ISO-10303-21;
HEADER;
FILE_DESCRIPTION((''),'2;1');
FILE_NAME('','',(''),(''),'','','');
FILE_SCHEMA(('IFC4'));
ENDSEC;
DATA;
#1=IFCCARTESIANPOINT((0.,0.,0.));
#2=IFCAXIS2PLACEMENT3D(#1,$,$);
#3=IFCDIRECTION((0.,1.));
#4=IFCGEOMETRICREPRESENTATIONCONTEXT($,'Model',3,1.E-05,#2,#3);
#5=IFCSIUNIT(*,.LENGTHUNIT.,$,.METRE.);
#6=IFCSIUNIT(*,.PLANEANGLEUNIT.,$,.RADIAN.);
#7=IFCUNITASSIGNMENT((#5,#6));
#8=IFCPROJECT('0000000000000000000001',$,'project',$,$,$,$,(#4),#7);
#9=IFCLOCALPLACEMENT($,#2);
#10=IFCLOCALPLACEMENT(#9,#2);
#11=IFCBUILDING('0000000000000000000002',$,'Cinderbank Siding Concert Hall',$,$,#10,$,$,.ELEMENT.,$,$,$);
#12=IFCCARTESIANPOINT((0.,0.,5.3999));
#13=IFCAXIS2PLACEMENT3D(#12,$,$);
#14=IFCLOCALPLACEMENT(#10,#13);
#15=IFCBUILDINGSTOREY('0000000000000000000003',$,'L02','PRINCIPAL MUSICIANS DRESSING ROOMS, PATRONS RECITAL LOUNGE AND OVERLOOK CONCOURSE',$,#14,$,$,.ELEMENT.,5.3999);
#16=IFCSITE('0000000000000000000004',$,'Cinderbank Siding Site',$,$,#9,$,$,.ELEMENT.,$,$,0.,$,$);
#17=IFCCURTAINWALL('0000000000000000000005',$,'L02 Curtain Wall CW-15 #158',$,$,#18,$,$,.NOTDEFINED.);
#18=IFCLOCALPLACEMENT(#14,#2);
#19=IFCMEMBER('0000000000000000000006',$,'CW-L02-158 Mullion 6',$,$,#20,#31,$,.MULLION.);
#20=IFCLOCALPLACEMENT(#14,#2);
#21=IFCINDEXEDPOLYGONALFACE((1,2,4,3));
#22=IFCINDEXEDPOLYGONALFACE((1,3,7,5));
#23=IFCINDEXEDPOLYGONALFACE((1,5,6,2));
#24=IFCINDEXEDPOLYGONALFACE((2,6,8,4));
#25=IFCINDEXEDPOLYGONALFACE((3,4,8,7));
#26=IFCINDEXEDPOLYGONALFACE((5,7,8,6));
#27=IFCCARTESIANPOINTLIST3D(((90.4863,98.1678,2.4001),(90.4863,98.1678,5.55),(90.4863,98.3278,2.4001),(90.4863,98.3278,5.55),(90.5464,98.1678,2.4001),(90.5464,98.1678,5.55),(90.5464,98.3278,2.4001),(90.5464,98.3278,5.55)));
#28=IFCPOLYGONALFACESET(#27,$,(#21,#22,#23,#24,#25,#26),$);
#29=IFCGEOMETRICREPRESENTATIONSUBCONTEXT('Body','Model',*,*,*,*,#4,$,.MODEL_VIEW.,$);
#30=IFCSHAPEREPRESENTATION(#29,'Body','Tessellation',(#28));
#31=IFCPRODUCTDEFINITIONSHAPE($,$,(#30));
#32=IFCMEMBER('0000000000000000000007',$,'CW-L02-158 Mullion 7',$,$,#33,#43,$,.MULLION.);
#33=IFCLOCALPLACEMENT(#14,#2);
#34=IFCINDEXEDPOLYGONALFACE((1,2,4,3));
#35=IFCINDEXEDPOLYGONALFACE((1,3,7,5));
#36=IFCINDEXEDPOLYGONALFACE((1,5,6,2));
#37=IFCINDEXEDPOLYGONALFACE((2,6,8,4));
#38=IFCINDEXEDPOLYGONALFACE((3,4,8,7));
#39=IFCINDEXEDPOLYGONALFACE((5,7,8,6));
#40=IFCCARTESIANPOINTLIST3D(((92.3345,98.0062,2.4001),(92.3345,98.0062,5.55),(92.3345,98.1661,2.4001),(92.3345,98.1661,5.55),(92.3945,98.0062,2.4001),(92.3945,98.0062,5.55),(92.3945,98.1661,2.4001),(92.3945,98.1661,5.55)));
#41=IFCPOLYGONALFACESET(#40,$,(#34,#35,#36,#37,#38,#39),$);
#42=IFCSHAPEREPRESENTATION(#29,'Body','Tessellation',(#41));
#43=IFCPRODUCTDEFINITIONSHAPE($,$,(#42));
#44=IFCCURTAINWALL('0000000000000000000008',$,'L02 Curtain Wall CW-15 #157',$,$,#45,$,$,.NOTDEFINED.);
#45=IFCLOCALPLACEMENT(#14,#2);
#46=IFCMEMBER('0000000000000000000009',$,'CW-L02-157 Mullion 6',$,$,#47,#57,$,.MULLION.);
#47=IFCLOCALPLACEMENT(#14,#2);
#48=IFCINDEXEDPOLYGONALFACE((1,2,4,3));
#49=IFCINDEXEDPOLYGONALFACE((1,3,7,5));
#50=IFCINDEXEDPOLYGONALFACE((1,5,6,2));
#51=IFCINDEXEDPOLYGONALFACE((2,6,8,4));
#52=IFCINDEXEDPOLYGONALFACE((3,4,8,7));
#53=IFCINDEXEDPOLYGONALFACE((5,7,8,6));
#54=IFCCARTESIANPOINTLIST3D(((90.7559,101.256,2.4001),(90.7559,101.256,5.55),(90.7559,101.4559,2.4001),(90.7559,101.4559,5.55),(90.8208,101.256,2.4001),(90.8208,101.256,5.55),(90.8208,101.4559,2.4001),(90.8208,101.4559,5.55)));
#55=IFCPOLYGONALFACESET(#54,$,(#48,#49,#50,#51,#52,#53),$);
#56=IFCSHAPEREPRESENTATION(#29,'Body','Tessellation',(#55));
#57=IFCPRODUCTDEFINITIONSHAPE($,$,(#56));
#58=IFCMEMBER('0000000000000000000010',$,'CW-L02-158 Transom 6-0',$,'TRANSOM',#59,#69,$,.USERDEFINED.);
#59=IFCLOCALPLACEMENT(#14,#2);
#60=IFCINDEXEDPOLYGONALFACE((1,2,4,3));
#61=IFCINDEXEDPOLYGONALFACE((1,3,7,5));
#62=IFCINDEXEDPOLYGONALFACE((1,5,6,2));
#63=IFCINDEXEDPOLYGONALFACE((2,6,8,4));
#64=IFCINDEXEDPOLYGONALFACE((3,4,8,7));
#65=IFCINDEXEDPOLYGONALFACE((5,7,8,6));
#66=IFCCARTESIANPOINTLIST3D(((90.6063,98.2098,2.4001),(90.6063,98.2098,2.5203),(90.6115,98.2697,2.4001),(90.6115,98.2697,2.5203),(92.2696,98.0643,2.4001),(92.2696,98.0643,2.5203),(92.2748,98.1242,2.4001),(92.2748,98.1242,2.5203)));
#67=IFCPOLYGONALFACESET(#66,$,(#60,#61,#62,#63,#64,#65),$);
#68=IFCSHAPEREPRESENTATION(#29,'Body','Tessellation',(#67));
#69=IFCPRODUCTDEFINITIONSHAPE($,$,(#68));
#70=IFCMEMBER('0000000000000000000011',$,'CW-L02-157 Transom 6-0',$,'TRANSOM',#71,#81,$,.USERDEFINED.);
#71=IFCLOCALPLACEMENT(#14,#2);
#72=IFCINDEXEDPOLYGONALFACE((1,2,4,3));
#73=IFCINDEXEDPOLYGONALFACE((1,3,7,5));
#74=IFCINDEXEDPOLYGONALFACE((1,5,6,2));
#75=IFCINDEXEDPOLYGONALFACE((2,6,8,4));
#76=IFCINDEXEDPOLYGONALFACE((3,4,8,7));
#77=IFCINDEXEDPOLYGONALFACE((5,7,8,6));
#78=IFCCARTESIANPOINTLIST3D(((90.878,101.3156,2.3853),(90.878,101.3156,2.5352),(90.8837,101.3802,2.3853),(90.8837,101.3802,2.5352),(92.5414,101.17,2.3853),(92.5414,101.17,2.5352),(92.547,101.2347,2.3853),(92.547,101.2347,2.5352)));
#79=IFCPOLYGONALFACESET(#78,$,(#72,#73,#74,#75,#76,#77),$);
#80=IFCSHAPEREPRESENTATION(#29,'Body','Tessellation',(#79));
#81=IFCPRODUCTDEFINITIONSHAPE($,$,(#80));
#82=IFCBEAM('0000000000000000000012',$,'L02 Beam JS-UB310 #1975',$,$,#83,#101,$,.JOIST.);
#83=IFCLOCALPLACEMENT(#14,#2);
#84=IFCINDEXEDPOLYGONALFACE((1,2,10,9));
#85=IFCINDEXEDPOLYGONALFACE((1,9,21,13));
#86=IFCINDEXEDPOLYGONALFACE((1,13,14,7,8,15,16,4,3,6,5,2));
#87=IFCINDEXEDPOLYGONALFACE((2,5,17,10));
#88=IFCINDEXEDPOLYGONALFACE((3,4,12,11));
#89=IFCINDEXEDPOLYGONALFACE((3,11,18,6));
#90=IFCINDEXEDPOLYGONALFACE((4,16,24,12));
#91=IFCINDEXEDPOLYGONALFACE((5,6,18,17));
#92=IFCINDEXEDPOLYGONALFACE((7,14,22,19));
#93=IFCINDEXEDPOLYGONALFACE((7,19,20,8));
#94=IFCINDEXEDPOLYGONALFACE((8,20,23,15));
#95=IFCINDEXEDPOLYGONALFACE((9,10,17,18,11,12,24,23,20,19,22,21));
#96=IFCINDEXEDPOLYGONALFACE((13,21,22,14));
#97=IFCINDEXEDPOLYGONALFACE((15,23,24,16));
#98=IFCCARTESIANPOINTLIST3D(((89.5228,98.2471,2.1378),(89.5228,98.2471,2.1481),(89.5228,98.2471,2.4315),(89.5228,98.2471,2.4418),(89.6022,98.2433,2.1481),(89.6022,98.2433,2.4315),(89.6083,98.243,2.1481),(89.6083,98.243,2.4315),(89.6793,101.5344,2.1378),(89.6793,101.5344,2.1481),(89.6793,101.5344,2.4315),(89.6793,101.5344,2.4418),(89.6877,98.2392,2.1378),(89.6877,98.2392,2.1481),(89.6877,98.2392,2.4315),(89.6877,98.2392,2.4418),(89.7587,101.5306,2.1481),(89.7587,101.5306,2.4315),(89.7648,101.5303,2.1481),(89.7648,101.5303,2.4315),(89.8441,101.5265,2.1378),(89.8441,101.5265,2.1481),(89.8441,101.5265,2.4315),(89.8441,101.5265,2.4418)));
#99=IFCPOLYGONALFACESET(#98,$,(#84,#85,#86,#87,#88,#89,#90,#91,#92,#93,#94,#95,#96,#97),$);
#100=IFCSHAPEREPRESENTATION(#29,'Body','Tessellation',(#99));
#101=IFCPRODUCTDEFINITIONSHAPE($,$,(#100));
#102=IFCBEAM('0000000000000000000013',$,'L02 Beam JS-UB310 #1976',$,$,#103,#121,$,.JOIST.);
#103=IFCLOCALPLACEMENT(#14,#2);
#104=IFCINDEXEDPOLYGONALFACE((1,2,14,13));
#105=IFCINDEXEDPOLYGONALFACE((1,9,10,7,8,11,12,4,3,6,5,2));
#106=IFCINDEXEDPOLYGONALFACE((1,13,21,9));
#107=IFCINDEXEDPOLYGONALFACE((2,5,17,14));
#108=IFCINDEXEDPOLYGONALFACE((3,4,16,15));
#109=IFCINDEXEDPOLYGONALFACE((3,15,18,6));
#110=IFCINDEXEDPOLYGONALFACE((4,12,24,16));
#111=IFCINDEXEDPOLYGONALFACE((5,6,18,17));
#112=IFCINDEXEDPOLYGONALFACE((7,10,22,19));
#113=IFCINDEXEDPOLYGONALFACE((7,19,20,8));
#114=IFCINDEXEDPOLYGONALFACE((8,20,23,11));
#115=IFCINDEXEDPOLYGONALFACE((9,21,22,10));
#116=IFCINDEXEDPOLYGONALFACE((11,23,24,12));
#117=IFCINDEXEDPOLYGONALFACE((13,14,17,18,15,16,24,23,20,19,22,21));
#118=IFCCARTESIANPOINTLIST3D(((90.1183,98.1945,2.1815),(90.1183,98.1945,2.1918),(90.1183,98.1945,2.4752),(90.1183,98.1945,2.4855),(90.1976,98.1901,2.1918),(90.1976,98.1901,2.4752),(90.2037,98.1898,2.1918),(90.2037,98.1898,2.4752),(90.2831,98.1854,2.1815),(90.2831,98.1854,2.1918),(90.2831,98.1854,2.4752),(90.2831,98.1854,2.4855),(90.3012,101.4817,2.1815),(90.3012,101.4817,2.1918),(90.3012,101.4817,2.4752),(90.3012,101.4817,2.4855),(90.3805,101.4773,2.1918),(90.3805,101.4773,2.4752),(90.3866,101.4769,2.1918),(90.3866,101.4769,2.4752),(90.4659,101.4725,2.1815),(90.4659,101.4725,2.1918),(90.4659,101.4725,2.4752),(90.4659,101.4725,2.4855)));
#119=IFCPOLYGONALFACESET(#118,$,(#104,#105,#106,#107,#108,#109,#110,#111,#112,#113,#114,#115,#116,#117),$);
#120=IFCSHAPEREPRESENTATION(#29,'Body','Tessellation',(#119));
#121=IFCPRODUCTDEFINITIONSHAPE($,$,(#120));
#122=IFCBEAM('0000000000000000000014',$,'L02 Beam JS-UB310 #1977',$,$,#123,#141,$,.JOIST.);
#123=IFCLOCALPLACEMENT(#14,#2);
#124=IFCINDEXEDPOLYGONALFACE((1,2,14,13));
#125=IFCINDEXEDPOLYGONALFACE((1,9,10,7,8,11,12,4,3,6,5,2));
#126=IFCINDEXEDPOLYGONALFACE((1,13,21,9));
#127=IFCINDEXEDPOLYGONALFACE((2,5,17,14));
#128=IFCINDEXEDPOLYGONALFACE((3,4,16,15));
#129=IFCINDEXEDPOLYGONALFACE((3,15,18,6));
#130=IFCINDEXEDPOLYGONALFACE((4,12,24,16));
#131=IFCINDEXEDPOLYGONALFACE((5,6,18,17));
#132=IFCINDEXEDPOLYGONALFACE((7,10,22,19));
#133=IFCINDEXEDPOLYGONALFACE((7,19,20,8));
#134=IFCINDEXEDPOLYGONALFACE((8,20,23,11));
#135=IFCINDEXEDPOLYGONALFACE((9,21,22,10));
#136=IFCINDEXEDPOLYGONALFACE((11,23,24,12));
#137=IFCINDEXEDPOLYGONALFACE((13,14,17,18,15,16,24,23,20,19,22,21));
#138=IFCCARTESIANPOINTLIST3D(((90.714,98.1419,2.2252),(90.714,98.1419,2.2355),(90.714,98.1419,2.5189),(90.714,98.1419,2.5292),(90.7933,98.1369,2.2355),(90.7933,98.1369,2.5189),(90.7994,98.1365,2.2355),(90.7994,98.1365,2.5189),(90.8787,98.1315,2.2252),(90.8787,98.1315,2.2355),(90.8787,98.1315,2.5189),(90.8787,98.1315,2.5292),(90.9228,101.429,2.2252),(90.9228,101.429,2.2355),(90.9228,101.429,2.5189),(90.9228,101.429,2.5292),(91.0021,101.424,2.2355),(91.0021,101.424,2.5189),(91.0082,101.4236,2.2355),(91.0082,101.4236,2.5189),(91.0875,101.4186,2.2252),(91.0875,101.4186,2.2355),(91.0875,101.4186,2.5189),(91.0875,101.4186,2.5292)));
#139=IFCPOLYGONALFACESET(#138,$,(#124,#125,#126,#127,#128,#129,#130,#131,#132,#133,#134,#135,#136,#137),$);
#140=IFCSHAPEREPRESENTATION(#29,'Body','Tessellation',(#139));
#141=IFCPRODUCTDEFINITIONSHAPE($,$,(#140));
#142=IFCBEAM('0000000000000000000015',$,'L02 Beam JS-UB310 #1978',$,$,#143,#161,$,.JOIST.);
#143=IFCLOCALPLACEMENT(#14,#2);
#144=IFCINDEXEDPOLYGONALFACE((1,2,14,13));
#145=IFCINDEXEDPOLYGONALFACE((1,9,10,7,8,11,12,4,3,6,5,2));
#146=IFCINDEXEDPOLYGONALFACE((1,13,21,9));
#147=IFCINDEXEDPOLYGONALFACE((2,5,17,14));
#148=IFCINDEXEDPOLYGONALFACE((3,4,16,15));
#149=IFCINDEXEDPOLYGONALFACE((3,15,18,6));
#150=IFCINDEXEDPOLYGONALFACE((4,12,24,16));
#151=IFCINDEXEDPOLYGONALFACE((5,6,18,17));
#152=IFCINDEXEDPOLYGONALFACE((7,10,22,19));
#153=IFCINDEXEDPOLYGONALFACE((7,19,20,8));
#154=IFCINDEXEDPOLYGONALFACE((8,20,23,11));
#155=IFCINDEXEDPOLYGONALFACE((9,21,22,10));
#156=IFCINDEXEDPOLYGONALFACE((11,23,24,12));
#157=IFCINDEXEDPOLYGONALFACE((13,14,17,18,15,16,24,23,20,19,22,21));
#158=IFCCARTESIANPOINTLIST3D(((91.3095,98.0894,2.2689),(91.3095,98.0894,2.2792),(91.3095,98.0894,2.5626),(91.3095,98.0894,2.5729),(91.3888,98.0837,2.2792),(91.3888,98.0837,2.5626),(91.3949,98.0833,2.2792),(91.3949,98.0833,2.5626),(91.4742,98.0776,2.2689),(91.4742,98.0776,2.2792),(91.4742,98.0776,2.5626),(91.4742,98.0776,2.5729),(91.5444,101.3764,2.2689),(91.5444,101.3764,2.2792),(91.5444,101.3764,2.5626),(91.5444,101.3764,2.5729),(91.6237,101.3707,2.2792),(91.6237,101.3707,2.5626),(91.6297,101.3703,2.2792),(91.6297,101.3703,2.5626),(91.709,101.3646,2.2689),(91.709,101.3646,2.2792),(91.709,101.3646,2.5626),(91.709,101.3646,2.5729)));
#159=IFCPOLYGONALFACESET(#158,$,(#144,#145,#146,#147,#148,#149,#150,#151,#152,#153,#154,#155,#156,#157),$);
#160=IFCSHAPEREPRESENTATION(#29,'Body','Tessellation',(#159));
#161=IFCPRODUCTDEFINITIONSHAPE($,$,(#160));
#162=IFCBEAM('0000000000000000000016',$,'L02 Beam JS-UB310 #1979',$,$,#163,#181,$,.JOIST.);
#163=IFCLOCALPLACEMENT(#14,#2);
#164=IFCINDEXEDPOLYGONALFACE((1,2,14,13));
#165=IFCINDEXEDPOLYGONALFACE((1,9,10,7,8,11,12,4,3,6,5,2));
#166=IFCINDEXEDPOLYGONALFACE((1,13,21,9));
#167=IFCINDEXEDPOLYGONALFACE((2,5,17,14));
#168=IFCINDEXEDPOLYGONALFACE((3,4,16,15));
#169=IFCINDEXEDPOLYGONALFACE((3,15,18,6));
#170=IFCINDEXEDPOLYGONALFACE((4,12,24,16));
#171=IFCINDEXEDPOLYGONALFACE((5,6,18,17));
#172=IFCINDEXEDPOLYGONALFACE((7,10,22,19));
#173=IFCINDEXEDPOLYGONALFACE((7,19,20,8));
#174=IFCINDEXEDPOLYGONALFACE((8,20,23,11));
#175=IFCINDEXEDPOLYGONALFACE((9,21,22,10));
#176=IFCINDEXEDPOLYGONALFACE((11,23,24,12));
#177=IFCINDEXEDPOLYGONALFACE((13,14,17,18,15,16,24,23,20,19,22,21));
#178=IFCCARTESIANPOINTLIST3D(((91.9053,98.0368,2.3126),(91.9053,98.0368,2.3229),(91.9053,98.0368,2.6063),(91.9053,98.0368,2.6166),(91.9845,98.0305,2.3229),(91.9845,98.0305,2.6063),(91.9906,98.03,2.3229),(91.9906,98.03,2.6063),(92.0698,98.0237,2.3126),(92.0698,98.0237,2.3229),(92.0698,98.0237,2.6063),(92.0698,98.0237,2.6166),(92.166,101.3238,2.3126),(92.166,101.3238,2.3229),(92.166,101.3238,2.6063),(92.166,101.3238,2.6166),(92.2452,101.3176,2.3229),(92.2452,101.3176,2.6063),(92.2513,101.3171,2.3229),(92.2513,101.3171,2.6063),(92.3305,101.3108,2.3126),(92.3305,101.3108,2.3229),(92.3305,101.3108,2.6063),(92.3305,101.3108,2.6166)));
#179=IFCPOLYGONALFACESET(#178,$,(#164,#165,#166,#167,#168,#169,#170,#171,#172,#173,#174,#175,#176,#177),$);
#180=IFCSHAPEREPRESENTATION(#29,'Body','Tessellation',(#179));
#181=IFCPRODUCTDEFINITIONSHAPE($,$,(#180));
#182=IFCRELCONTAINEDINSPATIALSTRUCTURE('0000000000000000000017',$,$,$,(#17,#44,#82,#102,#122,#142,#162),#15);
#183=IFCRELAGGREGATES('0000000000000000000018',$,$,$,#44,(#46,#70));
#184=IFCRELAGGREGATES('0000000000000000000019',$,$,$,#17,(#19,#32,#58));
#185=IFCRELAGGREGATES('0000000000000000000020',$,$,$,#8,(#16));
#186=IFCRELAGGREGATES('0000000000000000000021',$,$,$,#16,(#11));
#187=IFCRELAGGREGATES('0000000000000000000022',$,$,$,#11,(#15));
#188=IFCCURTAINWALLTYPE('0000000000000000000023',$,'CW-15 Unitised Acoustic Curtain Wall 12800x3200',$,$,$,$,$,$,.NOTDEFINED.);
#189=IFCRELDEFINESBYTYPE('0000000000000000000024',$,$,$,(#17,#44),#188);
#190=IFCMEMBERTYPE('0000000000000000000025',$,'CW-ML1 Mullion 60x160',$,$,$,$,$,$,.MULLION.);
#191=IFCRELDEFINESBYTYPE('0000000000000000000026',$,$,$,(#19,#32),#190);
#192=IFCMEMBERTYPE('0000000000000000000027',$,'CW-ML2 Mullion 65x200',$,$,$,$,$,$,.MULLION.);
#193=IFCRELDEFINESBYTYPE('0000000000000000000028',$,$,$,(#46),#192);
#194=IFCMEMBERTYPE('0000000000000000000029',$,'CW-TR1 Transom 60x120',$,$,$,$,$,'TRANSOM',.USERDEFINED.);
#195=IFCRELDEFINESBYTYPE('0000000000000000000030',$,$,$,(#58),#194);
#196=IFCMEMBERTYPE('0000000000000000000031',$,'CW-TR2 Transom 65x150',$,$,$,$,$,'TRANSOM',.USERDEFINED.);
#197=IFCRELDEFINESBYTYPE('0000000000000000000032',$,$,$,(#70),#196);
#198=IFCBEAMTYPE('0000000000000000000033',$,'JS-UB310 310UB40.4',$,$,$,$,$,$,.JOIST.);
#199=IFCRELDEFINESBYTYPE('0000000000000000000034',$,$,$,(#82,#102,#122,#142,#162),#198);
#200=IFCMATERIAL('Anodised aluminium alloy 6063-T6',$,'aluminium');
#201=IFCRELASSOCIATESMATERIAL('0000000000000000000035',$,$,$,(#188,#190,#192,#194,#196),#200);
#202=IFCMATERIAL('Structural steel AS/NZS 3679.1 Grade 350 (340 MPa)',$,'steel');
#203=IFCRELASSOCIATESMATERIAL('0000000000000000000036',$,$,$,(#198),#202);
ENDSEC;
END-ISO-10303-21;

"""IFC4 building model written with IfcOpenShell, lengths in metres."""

from ifc_helpers import new_model, si_unit, direction, frame, origin, origin_2d, place, context, subcontext, project, spatial, rectangle, i_section, extrude, material, material_profile, profile_set, type_object, element, aggregate, save


model = new_model("IFC4")

# Units and contexts
model_context = context("Model", 3, precision=1e-05, world=origin(), true_north=direction((0.0, 1.0)))
body_context = subcontext(model_context, "Body", "Model", "MODEL_VIEW")
ifc_project = project(units=[si_unit("LENGTHUNIT", "METRE"), si_unit("PLANEANGLEUNIT", "RADIAN")], contexts=[model_context])

# Site, building, storey
site_placement = place(None, origin())
site = spatial("IfcSite", under=ifc_project, at=site_placement, Name="Cinderbank Siding Site", CompositionType="ELEMENT", RefElevation=0.0)
building_placement = place(site_placement, origin())
building = spatial("IfcBuilding", under=site, at=building_placement, Name="Cinderbank Siding Concert Hall", CompositionType="ELEMENT")
storey_placement = place(building_placement, frame((0.0, 0.0, 5.3999)))
storey = spatial("IfcBuildingStorey", under=building, at=storey_placement, Name="L02", Description="PRINCIPAL MUSICIANS DRESSING ROOMS, PATRONS RECITAL LOUNGE AND OVERLOOK CONCOURSE", CompositionType="ELEMENT", Elevation=5.3999)

# Curtain wall, members
ifc_material_1 = material(Name="Anodised aluminium alloy 6063-T6", Category="aluminium")
curtain_wall_type = type_object("IfcCurtainWallType", Name="CW-15 Unitised Acoustic Curtain Wall 12800x3200", PredefinedType="NOTDEFINED", material=ifc_material_1)
curtain_wall_1_placement = place(storey_placement, origin())
curtain_wall_1 = element("IfcCurtainWall", 1, at=curtain_wall_1_placement, inside=storey, type_object=curtain_wall_type, Name="L02 Curtain Wall CW-15 #158", PredefinedType="NOTDEFINED")
ifc_material_profile_1 = material_profile(ifc_material_1, rectangle(XDim=0.0601, YDim=0.1599, at=origin_2d()), Name="ALU-MULL-60x160", Category="LoadBearing")
ifc_profile_set_1 = profile_set([ifc_material_profile_1], Name="Anodised aluminium alloy 6063-T6")
member_type_1 = type_object("IfcMemberType", Name="CW-ML1 Mullion 60x160", PredefinedType="MULLION", material=ifc_profile_set_1)
member_1_placement = place(storey_placement, frame((90.5164, 98.2478, 2.4001), z_axis=(0.0, 0.0, 1.0), x_axis=(1.0, 0.0, 0.0)))
member_1 = element("IfcMember", 2, at=member_1_placement, type_object=member_type_1, Name="CW-L02-158 Mullion 6", PredefinedType="MULLION", context=body_context, shape_type="SweptSolid", body=[
    extrude(rectangle(XDim=0.0601, YDim=0.1599, at=origin_2d()), origin(), (0.0, 0.0, 1.0), 3.1499),
])
member_2_placement = place(storey_placement, frame((92.3645, 98.0862, 2.4001), z_axis=(0.0, 0.0, 1.0), x_axis=(1.0, 0.0, 0.0)))
member_2 = element("IfcMember", 3, at=member_2_placement, type_object=member_type_1, Name="CW-L02-158 Mullion 7", PredefinedType="MULLION", context=body_context, shape_type="SweptSolid", body=[
    extrude(rectangle(XDim=0.0601, YDim=0.1599, at=origin_2d()), origin(), (0.0, 0.0, 1.0), 3.1499),
])

# Curtain wall, member
curtain_wall_2_placement = place(storey_placement, origin())
curtain_wall_2 = element("IfcCurtainWall", 4, at=curtain_wall_2_placement, inside=storey, type_object=curtain_wall_type, Name="L02 Curtain Wall CW-15 #157", PredefinedType="NOTDEFINED")
ifc_material_profile_2 = material_profile(ifc_material_1, rectangle(XDim=0.0649, YDim=0.2, at=origin_2d()), Name="ALU-MULL-65x200", Category="LoadBearing")
ifc_profile_set_2 = profile_set([ifc_material_profile_2], Name="Anodised aluminium alloy 6063-T6")
member_type_2 = type_object("IfcMemberType", Name="CW-ML2 Mullion 65x200", PredefinedType="MULLION", material=ifc_profile_set_2)
member_3_placement = place(storey_placement, frame((90.7883, 101.356, 2.4001), z_axis=(0.0, 0.0, 1.0), x_axis=(1.0, 0.0, 0.0)))
member_3 = element("IfcMember", 5, at=member_3_placement, type_object=member_type_2, Name="CW-L02-157 Mullion 6", PredefinedType="MULLION", context=body_context, shape_type="SweptSolid", body=[
    extrude(rectangle(XDim=0.0649, YDim=0.2, at=origin_2d()), origin(), (0.0, 0.0, 1.0), 3.1499),
])

# Members
ifc_material_profile_3 = material_profile(ifc_material_1, rectangle(XDim=0.0601, YDim=0.1201, at=origin_2d()), Name="ALU-TRAN-60x120", Category="LoadBearing")
ifc_profile_set_3 = profile_set([ifc_material_profile_3], Name="Anodised aluminium alloy 6063-T6")
member_type_3 = type_object("IfcMemberType", Name="CW-TR1 Transom 60x120", ElementType="TRANSOM", PredefinedType="USERDEFINED", material=ifc_profile_set_3)
member_4_placement = place(storey_placement, frame((90.6089, 98.2397, 2.4602), z_axis=(0.996195, -0.087147, 0.0), x_axis=(0.087147, 0.996195, 0.0)))
member_4 = element("IfcMember", 6, at=member_4_placement, type_object=member_type_3, Name="CW-L02-158 Transom 6-0", ObjectType="TRANSOM", PredefinedType="USERDEFINED", context=body_context, shape_type="SweptSolid", body=[
    extrude(rectangle(XDim=0.0601, YDim=0.1201, at=origin_2d()), origin(), (0.0, 0.0, 1.0), 1.6697),
])
ifc_material_profile_4 = material_profile(ifc_material_1, rectangle(XDim=0.0649, YDim=0.1499, at=origin_2d()), Name="ALU-TRAN-65x150", Category="LoadBearing")
ifc_profile_set_4 = profile_set([ifc_material_profile_4], Name="Anodised aluminium alloy 6063-T6")
member_type_4 = type_object("IfcMemberType", Name="CW-TR2 Transom 65x150", ElementType="TRANSOM", PredefinedType="USERDEFINED", material=ifc_profile_set_4)
member_5_placement = place(storey_placement, frame((90.8809, 101.3479, 2.4602), z_axis=(0.996195, -0.087147, 0.0), x_axis=(0.087147, 0.996195, 0.0)))
member_5 = element("IfcMember", 7, at=member_5_placement, type_object=member_type_4, Name="CW-L02-157 Transom 6-0", ObjectType="TRANSOM", PredefinedType="USERDEFINED", context=body_context, shape_type="SweptSolid", body=[
    extrude(rectangle(XDim=0.0649, YDim=0.1499, at=origin_2d()), origin(), (0.0, 0.0, 1.0), 1.6697),
])

# Beams
ifc_material_2 = material(Name="Structural steel AS/NZS 3679.1 Grade 350 (340 MPa)", Category="steel")
ifc_material_profile_5 = material_profile(ifc_material_2, i_section(OverallWidth=0.165, OverallDepth=0.304, WebThickness=0.0061, FlangeThickness=0.0103, at=origin_2d()), Name="310UB40.4", Category="LoadBearing")
ifc_profile_set_5 = profile_set([ifc_material_profile_5], Name="Structural steel AS/NZS 3679.1 Grade 350 (340 MPa)")
beam_type = type_object("IfcBeamType", Name="JS-UB310 310UB40.4", PredefinedType="JOIST", material=ifc_profile_set_5)
beam_1_placement = place(storey_placement, frame((89.6052, 98.2432, 2.2898), z_axis=(0.047551, 0.998869, 0.0), x_axis=(-0.998869, 0.047551, 0.0)))
element("IfcBeam", 8, at=beam_1_placement, inside=storey, type_object=beam_type, Name="L02 Beam JS-UB310 #1975", PredefinedType="JOIST", context=body_context, shape_type="SweptSolid", body=[
    extrude(i_section(OverallWidth=0.165, OverallDepth=0.304, WebThickness=0.0061, FlangeThickness=0.0103, at=origin_2d()), origin(), (0.0, 0.0, 1.0), 3.291),
])
beam_2_placement = place(storey_placement, frame((90.2007, 98.1899, 2.3335), z_axis=(0.055544, 0.998456, 0.0), x_axis=(-0.998456, 0.055544, 0.0)))
element("IfcBeam", 9, at=beam_2_placement, inside=storey, type_object=beam_type, Name="L02 Beam JS-UB310 #1976", PredefinedType="JOIST", context=body_context, shape_type="SweptSolid", body=[
    extrude(i_section(OverallWidth=0.165, OverallDepth=0.304, WebThickness=0.0061, FlangeThickness=0.0103, at=origin_2d()), origin(), (0.0, 0.0, 1.0), 3.2922),
])
beam_3_placement = place(storey_placement, frame((90.7964, 98.1367, 2.3772), z_axis=(0.063375, 0.99799, 0.0), x_axis=(-0.99799, 0.063375, 0.0)))
element("IfcBeam", 10, at=beam_3_placement, inside=storey, type_object=beam_type, Name="L02 Beam JS-UB310 #1977", PredefinedType="JOIST", context=body_context, shape_type="SweptSolid", body=[
    extrude(i_section(OverallWidth=0.165, OverallDepth=0.304, WebThickness=0.0061, FlangeThickness=0.0103, at=origin_2d()), origin(), (0.0, 0.0, 1.0), 3.2937),
])
beam_4_placement = place(storey_placement, frame((91.3918, 98.0835, 2.4209), z_axis=(0.071268, 0.997457, 0.0), x_axis=(-0.997457, 0.071268, 0.0)))
element("IfcBeam", 11, at=beam_4_placement, inside=storey, type_object=beam_type, Name="L02 Beam JS-UB310 #1978", PredefinedType="JOIST", context=body_context, shape_type="SweptSolid", body=[
    extrude(i_section(OverallWidth=0.165, OverallDepth=0.304, WebThickness=0.0061, FlangeThickness=0.0103, at=origin_2d()), origin(), (0.0, 0.0, 1.0), 3.2954),
])
beam_5_placement = place(storey_placement, frame((91.9875, 98.0303, 2.4646), z_axis=(0.079074, 0.996869, 0.0), x_axis=(-0.996869, 0.079074, 0.0)))
element("IfcBeam", 12, at=beam_5_placement, inside=storey, type_object=beam_type, Name="L02 Beam JS-UB310 #1979", PredefinedType="JOIST", context=body_context, shape_type="SweptSolid", body=[
    extrude(i_section(OverallWidth=0.165, OverallDepth=0.304, WebThickness=0.0061, FlangeThickness=0.0103, at=origin_2d()), origin(), (0.0, 0.0, 1.0), 3.2974),
])

aggregate(curtain_wall_2, [member_3, member_5])
aggregate(curtain_wall_1, [member_1, member_2, member_4])

save(model, "model.ifc")
